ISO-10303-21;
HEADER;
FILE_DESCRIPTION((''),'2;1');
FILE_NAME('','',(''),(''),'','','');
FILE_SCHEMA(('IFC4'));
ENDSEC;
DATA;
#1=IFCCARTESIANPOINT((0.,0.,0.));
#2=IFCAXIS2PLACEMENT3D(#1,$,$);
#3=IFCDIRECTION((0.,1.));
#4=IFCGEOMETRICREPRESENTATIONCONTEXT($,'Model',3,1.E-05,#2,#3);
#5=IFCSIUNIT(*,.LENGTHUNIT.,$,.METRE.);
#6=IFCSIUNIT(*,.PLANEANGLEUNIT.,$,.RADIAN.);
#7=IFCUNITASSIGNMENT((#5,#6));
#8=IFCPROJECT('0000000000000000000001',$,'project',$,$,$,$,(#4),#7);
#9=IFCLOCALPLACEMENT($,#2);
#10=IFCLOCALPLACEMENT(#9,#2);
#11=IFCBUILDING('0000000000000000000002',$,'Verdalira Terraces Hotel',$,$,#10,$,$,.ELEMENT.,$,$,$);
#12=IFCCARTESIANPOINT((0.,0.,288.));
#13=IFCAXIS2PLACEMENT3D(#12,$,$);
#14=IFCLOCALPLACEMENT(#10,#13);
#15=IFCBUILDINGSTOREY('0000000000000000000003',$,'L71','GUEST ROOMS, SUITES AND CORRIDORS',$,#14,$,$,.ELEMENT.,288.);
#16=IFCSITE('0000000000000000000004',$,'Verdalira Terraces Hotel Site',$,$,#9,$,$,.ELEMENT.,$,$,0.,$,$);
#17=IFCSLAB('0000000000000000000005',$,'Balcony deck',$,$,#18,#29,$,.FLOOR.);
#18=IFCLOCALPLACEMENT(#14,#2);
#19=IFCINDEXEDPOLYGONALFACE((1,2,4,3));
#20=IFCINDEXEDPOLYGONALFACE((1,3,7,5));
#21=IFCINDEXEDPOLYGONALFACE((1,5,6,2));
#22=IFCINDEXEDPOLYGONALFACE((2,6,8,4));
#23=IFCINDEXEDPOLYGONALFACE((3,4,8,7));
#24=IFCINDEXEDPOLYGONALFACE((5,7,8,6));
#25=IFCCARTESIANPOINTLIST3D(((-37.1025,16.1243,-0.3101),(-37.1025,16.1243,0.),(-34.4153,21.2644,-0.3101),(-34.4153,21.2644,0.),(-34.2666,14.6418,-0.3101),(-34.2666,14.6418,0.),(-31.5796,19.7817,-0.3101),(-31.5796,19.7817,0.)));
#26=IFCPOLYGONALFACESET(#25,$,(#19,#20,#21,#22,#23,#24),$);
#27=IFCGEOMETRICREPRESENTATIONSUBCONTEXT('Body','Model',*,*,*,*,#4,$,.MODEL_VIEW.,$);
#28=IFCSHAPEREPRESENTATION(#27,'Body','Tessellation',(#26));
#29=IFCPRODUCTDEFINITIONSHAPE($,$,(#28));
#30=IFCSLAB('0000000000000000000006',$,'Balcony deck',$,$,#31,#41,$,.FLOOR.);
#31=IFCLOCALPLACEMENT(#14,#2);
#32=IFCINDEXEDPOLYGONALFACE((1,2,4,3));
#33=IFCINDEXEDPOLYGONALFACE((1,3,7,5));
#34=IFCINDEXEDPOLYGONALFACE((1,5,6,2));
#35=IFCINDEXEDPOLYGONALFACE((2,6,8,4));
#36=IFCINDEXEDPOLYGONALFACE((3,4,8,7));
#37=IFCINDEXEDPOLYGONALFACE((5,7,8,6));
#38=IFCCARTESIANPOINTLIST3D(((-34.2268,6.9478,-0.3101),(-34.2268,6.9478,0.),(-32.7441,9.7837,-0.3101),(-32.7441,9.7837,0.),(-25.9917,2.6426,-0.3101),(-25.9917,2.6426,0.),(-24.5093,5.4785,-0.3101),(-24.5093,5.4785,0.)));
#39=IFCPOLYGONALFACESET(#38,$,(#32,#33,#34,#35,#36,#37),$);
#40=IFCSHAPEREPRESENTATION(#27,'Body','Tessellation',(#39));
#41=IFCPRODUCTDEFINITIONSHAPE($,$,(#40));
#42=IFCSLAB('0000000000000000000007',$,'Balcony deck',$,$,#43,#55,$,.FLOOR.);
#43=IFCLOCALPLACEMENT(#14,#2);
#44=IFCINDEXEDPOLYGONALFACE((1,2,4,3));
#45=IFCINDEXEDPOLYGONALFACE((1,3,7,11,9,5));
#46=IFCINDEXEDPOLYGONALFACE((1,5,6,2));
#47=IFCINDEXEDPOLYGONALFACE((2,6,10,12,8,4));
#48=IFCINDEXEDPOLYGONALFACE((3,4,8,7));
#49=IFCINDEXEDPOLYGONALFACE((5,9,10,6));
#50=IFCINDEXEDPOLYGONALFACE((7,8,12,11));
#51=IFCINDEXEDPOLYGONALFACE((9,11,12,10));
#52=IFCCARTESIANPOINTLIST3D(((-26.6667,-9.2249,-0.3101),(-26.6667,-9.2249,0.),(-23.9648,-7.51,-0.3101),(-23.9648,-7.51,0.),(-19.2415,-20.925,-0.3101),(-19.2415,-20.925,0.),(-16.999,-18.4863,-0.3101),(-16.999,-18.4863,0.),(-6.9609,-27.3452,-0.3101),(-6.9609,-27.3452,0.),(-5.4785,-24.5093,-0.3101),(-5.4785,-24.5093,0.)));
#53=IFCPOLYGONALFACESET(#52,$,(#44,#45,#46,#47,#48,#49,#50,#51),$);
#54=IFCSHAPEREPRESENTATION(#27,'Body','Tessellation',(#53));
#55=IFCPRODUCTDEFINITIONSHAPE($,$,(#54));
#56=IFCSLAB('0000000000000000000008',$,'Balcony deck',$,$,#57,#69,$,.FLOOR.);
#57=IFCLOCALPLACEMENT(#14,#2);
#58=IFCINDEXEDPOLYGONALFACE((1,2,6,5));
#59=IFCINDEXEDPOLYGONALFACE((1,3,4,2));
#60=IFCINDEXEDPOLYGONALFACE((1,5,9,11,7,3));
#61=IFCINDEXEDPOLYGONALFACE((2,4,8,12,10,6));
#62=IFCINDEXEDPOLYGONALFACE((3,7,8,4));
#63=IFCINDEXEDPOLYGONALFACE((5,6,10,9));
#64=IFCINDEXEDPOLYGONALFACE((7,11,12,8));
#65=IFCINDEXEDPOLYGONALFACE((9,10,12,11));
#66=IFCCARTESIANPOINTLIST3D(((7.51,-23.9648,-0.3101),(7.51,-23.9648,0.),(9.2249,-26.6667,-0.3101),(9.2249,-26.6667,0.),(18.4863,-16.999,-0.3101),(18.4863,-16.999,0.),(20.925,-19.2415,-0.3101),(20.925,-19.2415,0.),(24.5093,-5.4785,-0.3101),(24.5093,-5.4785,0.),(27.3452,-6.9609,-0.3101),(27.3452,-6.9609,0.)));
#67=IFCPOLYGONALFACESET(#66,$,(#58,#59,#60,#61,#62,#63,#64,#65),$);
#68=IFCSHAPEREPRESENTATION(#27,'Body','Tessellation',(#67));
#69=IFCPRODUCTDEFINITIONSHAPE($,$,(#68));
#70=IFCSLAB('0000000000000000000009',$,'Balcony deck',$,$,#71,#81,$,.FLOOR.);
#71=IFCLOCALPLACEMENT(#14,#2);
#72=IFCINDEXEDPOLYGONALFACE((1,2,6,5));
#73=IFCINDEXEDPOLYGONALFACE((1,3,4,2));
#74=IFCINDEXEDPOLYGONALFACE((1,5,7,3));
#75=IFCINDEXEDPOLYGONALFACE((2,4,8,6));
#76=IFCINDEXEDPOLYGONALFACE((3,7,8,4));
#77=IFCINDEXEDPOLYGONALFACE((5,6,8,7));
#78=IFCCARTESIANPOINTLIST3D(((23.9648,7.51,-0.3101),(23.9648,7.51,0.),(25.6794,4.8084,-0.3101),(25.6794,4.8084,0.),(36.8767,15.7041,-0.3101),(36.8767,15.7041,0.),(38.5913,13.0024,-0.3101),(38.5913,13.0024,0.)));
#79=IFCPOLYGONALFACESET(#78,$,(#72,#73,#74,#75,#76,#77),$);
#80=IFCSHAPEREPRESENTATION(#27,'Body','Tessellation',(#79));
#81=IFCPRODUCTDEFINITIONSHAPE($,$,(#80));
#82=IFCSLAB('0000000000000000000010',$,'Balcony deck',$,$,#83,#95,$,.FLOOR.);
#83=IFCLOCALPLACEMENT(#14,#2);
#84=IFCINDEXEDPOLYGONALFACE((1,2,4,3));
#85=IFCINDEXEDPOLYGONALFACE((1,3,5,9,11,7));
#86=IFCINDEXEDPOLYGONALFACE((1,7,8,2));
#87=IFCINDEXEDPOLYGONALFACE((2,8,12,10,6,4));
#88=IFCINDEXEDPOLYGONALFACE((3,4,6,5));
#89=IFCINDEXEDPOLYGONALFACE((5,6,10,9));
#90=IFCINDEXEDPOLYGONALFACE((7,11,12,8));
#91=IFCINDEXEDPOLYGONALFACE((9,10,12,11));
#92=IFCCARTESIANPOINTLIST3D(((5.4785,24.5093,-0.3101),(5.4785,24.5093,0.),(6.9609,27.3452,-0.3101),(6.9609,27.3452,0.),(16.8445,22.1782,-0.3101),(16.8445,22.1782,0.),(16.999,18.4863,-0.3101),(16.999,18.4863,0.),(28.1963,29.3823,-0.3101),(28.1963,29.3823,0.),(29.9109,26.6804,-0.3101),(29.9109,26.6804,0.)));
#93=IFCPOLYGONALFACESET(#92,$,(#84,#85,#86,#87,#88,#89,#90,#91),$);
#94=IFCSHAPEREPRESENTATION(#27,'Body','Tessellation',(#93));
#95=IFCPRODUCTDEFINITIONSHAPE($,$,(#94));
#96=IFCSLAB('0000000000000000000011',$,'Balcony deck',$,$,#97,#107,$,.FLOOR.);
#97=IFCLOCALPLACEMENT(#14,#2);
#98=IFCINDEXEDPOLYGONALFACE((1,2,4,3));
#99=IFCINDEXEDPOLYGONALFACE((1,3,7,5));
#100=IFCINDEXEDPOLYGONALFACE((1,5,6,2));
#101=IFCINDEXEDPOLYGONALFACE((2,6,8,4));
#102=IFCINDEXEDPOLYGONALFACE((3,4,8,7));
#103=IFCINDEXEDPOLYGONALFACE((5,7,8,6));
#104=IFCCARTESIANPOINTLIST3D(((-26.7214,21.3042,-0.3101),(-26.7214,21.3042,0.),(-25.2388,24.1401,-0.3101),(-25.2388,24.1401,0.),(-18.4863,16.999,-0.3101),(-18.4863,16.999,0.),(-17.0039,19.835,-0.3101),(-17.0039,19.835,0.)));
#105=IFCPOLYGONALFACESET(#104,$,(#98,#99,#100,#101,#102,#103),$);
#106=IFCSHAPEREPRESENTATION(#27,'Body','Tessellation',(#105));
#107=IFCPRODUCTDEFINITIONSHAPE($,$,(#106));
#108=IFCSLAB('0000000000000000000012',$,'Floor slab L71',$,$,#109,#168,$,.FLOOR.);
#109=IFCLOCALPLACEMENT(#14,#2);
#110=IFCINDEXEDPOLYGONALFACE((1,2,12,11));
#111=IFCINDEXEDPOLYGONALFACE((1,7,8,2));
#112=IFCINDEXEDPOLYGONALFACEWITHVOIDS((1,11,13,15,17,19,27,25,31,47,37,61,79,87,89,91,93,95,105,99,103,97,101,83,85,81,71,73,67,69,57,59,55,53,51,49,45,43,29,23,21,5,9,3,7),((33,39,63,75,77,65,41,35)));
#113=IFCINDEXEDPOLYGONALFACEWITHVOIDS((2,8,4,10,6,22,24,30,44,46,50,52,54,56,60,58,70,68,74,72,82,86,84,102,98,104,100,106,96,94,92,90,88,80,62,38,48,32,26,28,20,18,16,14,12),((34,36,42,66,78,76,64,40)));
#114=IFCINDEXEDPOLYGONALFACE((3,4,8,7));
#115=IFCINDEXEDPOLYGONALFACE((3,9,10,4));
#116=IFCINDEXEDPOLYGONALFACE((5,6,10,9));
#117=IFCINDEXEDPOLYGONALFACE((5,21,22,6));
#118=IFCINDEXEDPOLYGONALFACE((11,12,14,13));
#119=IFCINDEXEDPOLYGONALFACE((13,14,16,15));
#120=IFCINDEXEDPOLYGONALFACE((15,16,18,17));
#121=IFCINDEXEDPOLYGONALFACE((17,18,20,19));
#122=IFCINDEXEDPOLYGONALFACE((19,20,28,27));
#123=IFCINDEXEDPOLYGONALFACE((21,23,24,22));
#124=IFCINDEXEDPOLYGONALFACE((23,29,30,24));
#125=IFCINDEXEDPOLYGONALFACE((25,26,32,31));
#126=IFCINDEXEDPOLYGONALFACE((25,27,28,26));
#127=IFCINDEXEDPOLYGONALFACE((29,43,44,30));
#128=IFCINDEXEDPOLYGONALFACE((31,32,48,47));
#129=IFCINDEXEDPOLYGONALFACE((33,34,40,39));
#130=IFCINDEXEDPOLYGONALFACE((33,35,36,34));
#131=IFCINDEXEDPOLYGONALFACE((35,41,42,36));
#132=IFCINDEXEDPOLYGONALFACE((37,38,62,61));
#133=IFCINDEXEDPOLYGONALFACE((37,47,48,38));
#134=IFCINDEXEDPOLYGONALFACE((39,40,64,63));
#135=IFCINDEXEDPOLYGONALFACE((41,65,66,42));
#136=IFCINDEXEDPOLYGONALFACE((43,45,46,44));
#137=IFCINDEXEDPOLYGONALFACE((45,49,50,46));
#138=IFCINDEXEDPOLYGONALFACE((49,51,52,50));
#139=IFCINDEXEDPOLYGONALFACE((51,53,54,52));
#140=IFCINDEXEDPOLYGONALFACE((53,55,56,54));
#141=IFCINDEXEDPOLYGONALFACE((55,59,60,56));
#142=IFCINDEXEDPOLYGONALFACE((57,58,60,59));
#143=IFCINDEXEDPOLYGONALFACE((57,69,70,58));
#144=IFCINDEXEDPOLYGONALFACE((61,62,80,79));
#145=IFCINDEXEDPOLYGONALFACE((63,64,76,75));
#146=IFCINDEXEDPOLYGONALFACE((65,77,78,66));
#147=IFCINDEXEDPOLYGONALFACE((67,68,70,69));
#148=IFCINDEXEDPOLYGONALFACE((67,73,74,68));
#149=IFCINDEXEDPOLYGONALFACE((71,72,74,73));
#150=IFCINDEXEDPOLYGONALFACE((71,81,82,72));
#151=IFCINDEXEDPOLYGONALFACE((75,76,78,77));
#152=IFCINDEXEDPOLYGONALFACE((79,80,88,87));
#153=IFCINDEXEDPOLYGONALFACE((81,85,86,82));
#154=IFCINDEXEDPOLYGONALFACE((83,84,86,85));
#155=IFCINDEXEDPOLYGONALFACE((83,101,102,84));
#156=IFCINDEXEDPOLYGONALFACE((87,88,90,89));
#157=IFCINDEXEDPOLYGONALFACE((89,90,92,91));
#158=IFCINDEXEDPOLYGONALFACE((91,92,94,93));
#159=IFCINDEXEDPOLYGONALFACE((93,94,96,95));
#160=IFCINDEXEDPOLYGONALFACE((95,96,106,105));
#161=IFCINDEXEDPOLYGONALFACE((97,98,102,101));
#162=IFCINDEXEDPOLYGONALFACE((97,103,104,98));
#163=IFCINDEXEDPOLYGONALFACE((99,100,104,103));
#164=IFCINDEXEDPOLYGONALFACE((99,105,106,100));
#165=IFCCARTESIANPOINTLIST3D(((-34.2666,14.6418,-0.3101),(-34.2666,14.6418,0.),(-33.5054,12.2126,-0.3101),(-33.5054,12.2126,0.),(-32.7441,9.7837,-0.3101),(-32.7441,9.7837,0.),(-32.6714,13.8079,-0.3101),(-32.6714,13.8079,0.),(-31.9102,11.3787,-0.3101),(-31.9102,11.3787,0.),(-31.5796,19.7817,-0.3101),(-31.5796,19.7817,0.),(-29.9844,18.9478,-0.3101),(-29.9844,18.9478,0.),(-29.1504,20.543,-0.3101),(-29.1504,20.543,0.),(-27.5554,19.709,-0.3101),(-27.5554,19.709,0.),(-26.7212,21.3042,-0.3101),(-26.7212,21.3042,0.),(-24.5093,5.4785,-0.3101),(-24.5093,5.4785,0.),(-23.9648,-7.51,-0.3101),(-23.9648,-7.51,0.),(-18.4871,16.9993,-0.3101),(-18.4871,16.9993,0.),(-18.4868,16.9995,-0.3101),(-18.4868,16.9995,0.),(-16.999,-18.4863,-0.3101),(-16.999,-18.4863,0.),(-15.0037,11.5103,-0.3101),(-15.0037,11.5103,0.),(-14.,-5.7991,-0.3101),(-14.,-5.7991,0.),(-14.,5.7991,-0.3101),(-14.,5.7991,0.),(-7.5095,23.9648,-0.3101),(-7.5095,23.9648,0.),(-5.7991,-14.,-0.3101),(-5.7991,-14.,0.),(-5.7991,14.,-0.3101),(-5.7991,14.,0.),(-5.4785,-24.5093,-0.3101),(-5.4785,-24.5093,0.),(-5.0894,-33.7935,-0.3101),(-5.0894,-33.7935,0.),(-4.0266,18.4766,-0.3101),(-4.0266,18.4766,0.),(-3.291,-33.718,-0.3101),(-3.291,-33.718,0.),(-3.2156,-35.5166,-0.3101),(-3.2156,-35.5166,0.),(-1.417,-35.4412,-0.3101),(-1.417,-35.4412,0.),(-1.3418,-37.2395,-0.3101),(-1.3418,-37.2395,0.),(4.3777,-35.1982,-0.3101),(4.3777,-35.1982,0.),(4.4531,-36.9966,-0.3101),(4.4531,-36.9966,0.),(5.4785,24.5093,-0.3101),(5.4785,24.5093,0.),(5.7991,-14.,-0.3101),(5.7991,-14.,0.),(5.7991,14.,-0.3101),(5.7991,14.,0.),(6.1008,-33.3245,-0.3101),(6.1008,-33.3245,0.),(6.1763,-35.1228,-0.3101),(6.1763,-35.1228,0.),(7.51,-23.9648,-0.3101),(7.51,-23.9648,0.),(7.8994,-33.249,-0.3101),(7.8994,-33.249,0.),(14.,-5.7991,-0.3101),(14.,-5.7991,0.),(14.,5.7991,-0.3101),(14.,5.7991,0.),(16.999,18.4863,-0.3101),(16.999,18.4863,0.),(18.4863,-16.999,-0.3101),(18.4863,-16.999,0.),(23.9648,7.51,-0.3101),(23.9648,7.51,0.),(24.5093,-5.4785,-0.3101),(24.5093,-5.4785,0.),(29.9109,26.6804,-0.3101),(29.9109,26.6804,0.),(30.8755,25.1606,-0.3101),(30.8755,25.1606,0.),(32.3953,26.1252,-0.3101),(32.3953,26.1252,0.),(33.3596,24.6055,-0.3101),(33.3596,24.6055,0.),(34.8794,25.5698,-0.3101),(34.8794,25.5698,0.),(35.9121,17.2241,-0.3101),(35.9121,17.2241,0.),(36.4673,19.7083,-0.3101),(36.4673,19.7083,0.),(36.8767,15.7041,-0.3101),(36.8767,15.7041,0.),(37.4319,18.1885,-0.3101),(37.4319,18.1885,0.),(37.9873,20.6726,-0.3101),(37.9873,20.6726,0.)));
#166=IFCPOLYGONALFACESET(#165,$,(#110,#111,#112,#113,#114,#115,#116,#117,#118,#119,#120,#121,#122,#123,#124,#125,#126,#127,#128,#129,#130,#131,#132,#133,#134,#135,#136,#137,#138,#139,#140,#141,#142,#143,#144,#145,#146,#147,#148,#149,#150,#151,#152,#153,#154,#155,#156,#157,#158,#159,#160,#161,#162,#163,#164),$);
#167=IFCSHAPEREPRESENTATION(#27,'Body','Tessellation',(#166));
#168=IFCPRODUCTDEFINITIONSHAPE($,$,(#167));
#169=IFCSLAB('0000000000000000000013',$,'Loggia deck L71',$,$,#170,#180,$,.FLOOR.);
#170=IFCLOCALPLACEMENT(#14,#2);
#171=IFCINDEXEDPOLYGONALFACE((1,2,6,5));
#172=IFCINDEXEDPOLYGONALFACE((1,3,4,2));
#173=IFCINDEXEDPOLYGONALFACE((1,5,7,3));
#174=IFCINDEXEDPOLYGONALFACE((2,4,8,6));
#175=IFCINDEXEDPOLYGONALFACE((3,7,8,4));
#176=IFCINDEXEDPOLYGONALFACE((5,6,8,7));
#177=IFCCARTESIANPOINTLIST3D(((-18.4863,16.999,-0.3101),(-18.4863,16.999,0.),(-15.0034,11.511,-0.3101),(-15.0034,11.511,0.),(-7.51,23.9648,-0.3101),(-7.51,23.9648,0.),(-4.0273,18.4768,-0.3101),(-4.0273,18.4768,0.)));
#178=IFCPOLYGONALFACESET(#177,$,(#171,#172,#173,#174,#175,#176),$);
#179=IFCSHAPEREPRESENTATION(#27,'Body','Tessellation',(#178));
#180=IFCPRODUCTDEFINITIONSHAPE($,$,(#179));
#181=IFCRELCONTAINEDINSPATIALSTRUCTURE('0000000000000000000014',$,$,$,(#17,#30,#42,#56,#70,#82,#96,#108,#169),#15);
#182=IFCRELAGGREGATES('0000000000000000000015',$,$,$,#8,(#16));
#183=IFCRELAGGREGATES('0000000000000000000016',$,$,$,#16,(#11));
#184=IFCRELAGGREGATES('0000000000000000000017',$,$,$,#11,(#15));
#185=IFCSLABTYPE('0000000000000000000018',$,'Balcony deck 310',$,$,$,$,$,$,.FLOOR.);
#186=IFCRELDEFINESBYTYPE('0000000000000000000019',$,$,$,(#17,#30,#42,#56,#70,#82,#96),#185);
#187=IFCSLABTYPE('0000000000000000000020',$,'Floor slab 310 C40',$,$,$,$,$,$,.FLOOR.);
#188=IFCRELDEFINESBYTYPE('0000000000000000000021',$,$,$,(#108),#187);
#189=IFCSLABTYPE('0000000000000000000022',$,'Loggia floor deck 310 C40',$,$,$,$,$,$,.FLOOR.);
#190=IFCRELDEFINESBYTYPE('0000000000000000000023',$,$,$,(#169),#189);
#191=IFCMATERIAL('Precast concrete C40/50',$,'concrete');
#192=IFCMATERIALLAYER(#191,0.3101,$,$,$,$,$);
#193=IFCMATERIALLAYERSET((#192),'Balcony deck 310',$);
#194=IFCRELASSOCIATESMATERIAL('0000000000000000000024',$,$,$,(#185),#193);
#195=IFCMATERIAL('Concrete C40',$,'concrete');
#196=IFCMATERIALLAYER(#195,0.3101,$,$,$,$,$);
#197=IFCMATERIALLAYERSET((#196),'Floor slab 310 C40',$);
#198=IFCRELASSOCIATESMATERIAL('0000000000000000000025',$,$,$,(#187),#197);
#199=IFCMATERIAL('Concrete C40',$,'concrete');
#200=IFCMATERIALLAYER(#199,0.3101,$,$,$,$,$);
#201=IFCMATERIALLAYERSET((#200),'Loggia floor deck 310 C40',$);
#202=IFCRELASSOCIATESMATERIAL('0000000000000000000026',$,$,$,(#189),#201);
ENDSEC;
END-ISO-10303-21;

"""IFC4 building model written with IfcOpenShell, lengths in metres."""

from ifc_helpers import new_model, si_unit, direction, frame, origin, place, context, subcontext, project, spatial, polyline, outline, extrude, material, layer, layer_set, type_object, element, save


model = new_model("IFC4")

# Units and contexts
model_context = context("Model", 3, precision=1e-05, world=origin(), true_north=direction((0.0, 1.0)))
body_context = subcontext(model_context, "Body", "Model", "MODEL_VIEW")
ifc_project = project(units=[si_unit("LENGTHUNIT", "METRE"), si_unit("PLANEANGLEUNIT", "RADIAN")], contexts=[model_context])

# Site, building, storey
site_placement = place(None, origin())
site = spatial("IfcSite", under=ifc_project, at=site_placement, Name="Verdalira Terraces Hotel Site", CompositionType="ELEMENT", RefElevation=0.0)
building_placement = place(site_placement, origin())
building = spatial("IfcBuilding", under=site, at=building_placement, Name="Verdalira Terraces Hotel", CompositionType="ELEMENT")
storey_placement = place(building_placement, frame((0.0, 0.0, 288.0)))
storey = spatial("IfcBuildingStorey", under=building, at=storey_placement, Name="L71", Description="GUEST ROOMS, SUITES AND CORRIDORS", CompositionType="ELEMENT", Elevation=288.0)

# Slabs
ifc_material_1 = material(Name="Precast concrete C40/50", Category="concrete")
ifc_layer_1 = layer(ifc_material_1, 0.3101)
ifc_layer_set_1 = layer_set([ifc_layer_1], Name="Balcony deck 310")
slab_type_1 = type_object("IfcSlabType", Name="Balcony deck 310", PredefinedType="FLOOR", material=ifc_layer_set_1)
slab_1_placement = place(storey_placement, frame((0.0, 0.0, -0.3101)))
element("IfcSlab", 1, at=slab_1_placement, inside=storey, type_object=slab_type_1, Name="Balcony deck", PredefinedType="FLOOR", context=body_context, shape_type="SweptSolid", body=[
    extrude(outline(polyline([(-37.1025, 16.1243), (-34.2666, 14.6418), (-31.5796, 19.7817), (-34.4153, 21.2644), (-37.1025, 16.1243)])), origin(), (0.0, 0.0, 1.0), 0.3101),
])
slab_2_placement = place(storey_placement, frame((0.0, 0.0, -0.3101)))
element("IfcSlab", 2, at=slab_2_placement, inside=storey, type_object=slab_type_1, Name="Balcony deck", PredefinedType="FLOOR", context=body_context, shape_type="SweptSolid", body=[
    extrude(outline(polyline([(-25.9917, 2.6426), (-24.5093, 5.4785), (-32.7441, 9.7837), (-34.2268, 6.9478), (-25.9917, 2.6426)])), origin(), (0.0, 0.0, 1.0), 0.3101),
])
slab_3_placement = place(storey_placement, frame((0.0, 0.0, -0.3101)))
element("IfcSlab", 3, at=slab_3_placement, inside=storey, type_object=slab_type_1, Name="Balcony deck", PredefinedType="FLOOR", context=body_context, shape_type="SweptSolid", body=[
    extrude(outline(polyline([(-19.2415, -20.925), (-6.9609, -27.3452), (-5.4785, -24.5093), (-16.999, -18.4863), (-23.9648, -7.51), (-26.6667, -9.2249), (-19.2415, -20.925)])), origin(), (0.0, 0.0, 1.0), 0.3101),
])
slab_4_placement = place(storey_placement, frame((0.0, 0.0, -0.3101)))
element("IfcSlab", 4, at=slab_4_placement, inside=storey, type_object=slab_type_1, Name="Balcony deck", PredefinedType="FLOOR", context=body_context, shape_type="SweptSolid", body=[
    extrude(outline(polyline([(27.3452, -6.9609), (24.5093, -5.4785), (18.4863, -16.999), (7.51, -23.9648), (9.2249, -26.6667), (20.925, -19.2415), (27.3452, -6.9609)])), origin(), (0.0, 0.0, 1.0), 0.3101),
])
slab_5_placement = place(storey_placement, frame((0.0, 0.0, -0.3101)))
element("IfcSlab", 5, at=slab_5_placement, inside=storey, type_object=slab_type_1, Name="Balcony deck", PredefinedType="FLOOR", context=body_context, shape_type="SweptSolid", body=[
    extrude(outline(polyline([(38.5913, 13.0024), (36.8767, 15.7041), (23.9648, 7.51), (25.6794, 4.8083), (38.5913, 13.0024)])), origin(), (0.0, 0.0, 1.0), 0.3101),
])
slab_6_placement = place(storey_placement, frame((0.0, 0.0, -0.3101)))
element("IfcSlab", 6, at=slab_6_placement, inside=storey, type_object=slab_type_1, Name="Balcony deck", PredefinedType="FLOOR", context=body_context, shape_type="SweptSolid", body=[
    extrude(outline(polyline([(16.8445, 22.1782), (6.9609, 27.3452), (5.4785, 24.5093), (16.999, 18.4863), (29.9109, 26.6804), (28.1963, 29.3823), (16.8445, 22.1782)])), origin(), (0.0, 0.0, 1.0), 0.3101),
])
slab_7_placement = place(storey_placement, frame((0.0, 0.0, -0.3101)))
element("IfcSlab", 7, at=slab_7_placement, inside=storey, type_object=slab_type_1, Name="Balcony deck", PredefinedType="FLOOR", context=body_context, shape_type="SweptSolid", body=[
    extrude(outline(polyline([(-25.2388, 24.1401), (-26.7214, 21.3042), (-18.4863, 16.999), (-17.0039, 19.835), (-25.2388, 24.1401)])), origin(), (0.0, 0.0, 1.0), 0.3101),
])
ifc_material_2 = material(Name="Concrete C40", Category="concrete")
ifc_layer_2 = layer(ifc_material_2, 0.3101)
ifc_layer_set_2 = layer_set([ifc_layer_2], Name="Floor slab 310 C40")
slab_type_2 = type_object("IfcSlabType", Name="Floor slab 310 C40", PredefinedType="FLOOR", material=ifc_layer_set_2)
slab_8_placement = place(storey_placement, frame((0.0, 0.0, -0.3101)))
element("IfcSlab", 8, at=slab_8_placement, inside=storey, type_object=slab_type_2, Name="Floor slab L71", PredefinedType="FLOOR", context=body_context, shape_type="SweptSolid", body=[
    extrude(outline(polyline([(16.999, 18.4863), (5.4785, 24.5093), (-7.5095, 23.9648), (-4.0266, 18.4766), (-15.0037, 11.5103), (-18.4871, 16.9993), (-18.4868, 16.9995), (-26.7212, 21.3042), (-27.5554, 19.709), (-29.1504, 20.543), (-29.9844, 18.9478), (-31.5796, 19.7817), (-34.2666, 14.6418), (-32.6714, 13.8079), (-33.5054, 12.2126), (-31.9102, 11.3787), (-32.7441, 9.7837), (-24.5093, 5.4785), (-23.9648, -7.51), (-16.999, -18.4863), (-5.4785, -24.5093), (-5.0894, -33.7935), (-3.291, -33.718), (-3.2156, -35.5166), (-1.417, -35.4412), (-1.3418, -37.2395), (4.4531, -36.9966), (4.3777, -35.1982), (6.1763, -35.1228), (6.1008, -33.3245), (7.8994, -33.249), (7.51, -23.9648), (18.4863, -16.999), (24.5093, -5.4785), (23.9648, 7.51), (36.8767, 15.7041), (35.9121, 17.2241), (37.4319, 18.1885), (36.4673, 19.7083), (37.9873, 20.6726), (34.8794, 25.5698), (33.3596, 24.6055), (32.3953, 26.1252), (30.8755, 25.1606), (29.9109, 26.6804), (16.999, 18.4863)]), holes=[polyline([(5.7991, 14.0), (14.0, 5.7991), (14.0, -5.7991), (5.7991, -14.0), (-5.7991, -14.0), (-14.0, -5.7991), (-14.0, 5.7991), (-5.7991, 14.0), (5.7991, 14.0)])]), origin(), (0.0, 0.0, 1.0), 0.3101),
])
ifc_material_3 = material(Name="Concrete C40", Category="concrete")
ifc_layer_3 = layer(ifc_material_3, 0.3101)
ifc_layer_set_3 = layer_set([ifc_layer_3], Name="Loggia floor deck 310 C40")
slab_type_3 = type_object("IfcSlabType", Name="Loggia floor deck 310 C40", PredefinedType="FLOOR", material=ifc_layer_set_3)
slab_9_placement = place(storey_placement, frame((0.0, 0.0, -0.3101)))
element("IfcSlab", 9, at=slab_9_placement, inside=storey, type_object=slab_type_3, Name="Loggia deck L71", PredefinedType="FLOOR", context=body_context, shape_type="SweptSolid", body=[
    extrude(outline(polyline([(-4.0273, 18.4768), (-7.51, 23.9648), (-18.4863, 16.999), (-15.0034, 11.511), (-4.0273, 18.4768)])), origin(), (0.0, 0.0, 1.0), 0.3101),
])

save(model, "model.ifc")
